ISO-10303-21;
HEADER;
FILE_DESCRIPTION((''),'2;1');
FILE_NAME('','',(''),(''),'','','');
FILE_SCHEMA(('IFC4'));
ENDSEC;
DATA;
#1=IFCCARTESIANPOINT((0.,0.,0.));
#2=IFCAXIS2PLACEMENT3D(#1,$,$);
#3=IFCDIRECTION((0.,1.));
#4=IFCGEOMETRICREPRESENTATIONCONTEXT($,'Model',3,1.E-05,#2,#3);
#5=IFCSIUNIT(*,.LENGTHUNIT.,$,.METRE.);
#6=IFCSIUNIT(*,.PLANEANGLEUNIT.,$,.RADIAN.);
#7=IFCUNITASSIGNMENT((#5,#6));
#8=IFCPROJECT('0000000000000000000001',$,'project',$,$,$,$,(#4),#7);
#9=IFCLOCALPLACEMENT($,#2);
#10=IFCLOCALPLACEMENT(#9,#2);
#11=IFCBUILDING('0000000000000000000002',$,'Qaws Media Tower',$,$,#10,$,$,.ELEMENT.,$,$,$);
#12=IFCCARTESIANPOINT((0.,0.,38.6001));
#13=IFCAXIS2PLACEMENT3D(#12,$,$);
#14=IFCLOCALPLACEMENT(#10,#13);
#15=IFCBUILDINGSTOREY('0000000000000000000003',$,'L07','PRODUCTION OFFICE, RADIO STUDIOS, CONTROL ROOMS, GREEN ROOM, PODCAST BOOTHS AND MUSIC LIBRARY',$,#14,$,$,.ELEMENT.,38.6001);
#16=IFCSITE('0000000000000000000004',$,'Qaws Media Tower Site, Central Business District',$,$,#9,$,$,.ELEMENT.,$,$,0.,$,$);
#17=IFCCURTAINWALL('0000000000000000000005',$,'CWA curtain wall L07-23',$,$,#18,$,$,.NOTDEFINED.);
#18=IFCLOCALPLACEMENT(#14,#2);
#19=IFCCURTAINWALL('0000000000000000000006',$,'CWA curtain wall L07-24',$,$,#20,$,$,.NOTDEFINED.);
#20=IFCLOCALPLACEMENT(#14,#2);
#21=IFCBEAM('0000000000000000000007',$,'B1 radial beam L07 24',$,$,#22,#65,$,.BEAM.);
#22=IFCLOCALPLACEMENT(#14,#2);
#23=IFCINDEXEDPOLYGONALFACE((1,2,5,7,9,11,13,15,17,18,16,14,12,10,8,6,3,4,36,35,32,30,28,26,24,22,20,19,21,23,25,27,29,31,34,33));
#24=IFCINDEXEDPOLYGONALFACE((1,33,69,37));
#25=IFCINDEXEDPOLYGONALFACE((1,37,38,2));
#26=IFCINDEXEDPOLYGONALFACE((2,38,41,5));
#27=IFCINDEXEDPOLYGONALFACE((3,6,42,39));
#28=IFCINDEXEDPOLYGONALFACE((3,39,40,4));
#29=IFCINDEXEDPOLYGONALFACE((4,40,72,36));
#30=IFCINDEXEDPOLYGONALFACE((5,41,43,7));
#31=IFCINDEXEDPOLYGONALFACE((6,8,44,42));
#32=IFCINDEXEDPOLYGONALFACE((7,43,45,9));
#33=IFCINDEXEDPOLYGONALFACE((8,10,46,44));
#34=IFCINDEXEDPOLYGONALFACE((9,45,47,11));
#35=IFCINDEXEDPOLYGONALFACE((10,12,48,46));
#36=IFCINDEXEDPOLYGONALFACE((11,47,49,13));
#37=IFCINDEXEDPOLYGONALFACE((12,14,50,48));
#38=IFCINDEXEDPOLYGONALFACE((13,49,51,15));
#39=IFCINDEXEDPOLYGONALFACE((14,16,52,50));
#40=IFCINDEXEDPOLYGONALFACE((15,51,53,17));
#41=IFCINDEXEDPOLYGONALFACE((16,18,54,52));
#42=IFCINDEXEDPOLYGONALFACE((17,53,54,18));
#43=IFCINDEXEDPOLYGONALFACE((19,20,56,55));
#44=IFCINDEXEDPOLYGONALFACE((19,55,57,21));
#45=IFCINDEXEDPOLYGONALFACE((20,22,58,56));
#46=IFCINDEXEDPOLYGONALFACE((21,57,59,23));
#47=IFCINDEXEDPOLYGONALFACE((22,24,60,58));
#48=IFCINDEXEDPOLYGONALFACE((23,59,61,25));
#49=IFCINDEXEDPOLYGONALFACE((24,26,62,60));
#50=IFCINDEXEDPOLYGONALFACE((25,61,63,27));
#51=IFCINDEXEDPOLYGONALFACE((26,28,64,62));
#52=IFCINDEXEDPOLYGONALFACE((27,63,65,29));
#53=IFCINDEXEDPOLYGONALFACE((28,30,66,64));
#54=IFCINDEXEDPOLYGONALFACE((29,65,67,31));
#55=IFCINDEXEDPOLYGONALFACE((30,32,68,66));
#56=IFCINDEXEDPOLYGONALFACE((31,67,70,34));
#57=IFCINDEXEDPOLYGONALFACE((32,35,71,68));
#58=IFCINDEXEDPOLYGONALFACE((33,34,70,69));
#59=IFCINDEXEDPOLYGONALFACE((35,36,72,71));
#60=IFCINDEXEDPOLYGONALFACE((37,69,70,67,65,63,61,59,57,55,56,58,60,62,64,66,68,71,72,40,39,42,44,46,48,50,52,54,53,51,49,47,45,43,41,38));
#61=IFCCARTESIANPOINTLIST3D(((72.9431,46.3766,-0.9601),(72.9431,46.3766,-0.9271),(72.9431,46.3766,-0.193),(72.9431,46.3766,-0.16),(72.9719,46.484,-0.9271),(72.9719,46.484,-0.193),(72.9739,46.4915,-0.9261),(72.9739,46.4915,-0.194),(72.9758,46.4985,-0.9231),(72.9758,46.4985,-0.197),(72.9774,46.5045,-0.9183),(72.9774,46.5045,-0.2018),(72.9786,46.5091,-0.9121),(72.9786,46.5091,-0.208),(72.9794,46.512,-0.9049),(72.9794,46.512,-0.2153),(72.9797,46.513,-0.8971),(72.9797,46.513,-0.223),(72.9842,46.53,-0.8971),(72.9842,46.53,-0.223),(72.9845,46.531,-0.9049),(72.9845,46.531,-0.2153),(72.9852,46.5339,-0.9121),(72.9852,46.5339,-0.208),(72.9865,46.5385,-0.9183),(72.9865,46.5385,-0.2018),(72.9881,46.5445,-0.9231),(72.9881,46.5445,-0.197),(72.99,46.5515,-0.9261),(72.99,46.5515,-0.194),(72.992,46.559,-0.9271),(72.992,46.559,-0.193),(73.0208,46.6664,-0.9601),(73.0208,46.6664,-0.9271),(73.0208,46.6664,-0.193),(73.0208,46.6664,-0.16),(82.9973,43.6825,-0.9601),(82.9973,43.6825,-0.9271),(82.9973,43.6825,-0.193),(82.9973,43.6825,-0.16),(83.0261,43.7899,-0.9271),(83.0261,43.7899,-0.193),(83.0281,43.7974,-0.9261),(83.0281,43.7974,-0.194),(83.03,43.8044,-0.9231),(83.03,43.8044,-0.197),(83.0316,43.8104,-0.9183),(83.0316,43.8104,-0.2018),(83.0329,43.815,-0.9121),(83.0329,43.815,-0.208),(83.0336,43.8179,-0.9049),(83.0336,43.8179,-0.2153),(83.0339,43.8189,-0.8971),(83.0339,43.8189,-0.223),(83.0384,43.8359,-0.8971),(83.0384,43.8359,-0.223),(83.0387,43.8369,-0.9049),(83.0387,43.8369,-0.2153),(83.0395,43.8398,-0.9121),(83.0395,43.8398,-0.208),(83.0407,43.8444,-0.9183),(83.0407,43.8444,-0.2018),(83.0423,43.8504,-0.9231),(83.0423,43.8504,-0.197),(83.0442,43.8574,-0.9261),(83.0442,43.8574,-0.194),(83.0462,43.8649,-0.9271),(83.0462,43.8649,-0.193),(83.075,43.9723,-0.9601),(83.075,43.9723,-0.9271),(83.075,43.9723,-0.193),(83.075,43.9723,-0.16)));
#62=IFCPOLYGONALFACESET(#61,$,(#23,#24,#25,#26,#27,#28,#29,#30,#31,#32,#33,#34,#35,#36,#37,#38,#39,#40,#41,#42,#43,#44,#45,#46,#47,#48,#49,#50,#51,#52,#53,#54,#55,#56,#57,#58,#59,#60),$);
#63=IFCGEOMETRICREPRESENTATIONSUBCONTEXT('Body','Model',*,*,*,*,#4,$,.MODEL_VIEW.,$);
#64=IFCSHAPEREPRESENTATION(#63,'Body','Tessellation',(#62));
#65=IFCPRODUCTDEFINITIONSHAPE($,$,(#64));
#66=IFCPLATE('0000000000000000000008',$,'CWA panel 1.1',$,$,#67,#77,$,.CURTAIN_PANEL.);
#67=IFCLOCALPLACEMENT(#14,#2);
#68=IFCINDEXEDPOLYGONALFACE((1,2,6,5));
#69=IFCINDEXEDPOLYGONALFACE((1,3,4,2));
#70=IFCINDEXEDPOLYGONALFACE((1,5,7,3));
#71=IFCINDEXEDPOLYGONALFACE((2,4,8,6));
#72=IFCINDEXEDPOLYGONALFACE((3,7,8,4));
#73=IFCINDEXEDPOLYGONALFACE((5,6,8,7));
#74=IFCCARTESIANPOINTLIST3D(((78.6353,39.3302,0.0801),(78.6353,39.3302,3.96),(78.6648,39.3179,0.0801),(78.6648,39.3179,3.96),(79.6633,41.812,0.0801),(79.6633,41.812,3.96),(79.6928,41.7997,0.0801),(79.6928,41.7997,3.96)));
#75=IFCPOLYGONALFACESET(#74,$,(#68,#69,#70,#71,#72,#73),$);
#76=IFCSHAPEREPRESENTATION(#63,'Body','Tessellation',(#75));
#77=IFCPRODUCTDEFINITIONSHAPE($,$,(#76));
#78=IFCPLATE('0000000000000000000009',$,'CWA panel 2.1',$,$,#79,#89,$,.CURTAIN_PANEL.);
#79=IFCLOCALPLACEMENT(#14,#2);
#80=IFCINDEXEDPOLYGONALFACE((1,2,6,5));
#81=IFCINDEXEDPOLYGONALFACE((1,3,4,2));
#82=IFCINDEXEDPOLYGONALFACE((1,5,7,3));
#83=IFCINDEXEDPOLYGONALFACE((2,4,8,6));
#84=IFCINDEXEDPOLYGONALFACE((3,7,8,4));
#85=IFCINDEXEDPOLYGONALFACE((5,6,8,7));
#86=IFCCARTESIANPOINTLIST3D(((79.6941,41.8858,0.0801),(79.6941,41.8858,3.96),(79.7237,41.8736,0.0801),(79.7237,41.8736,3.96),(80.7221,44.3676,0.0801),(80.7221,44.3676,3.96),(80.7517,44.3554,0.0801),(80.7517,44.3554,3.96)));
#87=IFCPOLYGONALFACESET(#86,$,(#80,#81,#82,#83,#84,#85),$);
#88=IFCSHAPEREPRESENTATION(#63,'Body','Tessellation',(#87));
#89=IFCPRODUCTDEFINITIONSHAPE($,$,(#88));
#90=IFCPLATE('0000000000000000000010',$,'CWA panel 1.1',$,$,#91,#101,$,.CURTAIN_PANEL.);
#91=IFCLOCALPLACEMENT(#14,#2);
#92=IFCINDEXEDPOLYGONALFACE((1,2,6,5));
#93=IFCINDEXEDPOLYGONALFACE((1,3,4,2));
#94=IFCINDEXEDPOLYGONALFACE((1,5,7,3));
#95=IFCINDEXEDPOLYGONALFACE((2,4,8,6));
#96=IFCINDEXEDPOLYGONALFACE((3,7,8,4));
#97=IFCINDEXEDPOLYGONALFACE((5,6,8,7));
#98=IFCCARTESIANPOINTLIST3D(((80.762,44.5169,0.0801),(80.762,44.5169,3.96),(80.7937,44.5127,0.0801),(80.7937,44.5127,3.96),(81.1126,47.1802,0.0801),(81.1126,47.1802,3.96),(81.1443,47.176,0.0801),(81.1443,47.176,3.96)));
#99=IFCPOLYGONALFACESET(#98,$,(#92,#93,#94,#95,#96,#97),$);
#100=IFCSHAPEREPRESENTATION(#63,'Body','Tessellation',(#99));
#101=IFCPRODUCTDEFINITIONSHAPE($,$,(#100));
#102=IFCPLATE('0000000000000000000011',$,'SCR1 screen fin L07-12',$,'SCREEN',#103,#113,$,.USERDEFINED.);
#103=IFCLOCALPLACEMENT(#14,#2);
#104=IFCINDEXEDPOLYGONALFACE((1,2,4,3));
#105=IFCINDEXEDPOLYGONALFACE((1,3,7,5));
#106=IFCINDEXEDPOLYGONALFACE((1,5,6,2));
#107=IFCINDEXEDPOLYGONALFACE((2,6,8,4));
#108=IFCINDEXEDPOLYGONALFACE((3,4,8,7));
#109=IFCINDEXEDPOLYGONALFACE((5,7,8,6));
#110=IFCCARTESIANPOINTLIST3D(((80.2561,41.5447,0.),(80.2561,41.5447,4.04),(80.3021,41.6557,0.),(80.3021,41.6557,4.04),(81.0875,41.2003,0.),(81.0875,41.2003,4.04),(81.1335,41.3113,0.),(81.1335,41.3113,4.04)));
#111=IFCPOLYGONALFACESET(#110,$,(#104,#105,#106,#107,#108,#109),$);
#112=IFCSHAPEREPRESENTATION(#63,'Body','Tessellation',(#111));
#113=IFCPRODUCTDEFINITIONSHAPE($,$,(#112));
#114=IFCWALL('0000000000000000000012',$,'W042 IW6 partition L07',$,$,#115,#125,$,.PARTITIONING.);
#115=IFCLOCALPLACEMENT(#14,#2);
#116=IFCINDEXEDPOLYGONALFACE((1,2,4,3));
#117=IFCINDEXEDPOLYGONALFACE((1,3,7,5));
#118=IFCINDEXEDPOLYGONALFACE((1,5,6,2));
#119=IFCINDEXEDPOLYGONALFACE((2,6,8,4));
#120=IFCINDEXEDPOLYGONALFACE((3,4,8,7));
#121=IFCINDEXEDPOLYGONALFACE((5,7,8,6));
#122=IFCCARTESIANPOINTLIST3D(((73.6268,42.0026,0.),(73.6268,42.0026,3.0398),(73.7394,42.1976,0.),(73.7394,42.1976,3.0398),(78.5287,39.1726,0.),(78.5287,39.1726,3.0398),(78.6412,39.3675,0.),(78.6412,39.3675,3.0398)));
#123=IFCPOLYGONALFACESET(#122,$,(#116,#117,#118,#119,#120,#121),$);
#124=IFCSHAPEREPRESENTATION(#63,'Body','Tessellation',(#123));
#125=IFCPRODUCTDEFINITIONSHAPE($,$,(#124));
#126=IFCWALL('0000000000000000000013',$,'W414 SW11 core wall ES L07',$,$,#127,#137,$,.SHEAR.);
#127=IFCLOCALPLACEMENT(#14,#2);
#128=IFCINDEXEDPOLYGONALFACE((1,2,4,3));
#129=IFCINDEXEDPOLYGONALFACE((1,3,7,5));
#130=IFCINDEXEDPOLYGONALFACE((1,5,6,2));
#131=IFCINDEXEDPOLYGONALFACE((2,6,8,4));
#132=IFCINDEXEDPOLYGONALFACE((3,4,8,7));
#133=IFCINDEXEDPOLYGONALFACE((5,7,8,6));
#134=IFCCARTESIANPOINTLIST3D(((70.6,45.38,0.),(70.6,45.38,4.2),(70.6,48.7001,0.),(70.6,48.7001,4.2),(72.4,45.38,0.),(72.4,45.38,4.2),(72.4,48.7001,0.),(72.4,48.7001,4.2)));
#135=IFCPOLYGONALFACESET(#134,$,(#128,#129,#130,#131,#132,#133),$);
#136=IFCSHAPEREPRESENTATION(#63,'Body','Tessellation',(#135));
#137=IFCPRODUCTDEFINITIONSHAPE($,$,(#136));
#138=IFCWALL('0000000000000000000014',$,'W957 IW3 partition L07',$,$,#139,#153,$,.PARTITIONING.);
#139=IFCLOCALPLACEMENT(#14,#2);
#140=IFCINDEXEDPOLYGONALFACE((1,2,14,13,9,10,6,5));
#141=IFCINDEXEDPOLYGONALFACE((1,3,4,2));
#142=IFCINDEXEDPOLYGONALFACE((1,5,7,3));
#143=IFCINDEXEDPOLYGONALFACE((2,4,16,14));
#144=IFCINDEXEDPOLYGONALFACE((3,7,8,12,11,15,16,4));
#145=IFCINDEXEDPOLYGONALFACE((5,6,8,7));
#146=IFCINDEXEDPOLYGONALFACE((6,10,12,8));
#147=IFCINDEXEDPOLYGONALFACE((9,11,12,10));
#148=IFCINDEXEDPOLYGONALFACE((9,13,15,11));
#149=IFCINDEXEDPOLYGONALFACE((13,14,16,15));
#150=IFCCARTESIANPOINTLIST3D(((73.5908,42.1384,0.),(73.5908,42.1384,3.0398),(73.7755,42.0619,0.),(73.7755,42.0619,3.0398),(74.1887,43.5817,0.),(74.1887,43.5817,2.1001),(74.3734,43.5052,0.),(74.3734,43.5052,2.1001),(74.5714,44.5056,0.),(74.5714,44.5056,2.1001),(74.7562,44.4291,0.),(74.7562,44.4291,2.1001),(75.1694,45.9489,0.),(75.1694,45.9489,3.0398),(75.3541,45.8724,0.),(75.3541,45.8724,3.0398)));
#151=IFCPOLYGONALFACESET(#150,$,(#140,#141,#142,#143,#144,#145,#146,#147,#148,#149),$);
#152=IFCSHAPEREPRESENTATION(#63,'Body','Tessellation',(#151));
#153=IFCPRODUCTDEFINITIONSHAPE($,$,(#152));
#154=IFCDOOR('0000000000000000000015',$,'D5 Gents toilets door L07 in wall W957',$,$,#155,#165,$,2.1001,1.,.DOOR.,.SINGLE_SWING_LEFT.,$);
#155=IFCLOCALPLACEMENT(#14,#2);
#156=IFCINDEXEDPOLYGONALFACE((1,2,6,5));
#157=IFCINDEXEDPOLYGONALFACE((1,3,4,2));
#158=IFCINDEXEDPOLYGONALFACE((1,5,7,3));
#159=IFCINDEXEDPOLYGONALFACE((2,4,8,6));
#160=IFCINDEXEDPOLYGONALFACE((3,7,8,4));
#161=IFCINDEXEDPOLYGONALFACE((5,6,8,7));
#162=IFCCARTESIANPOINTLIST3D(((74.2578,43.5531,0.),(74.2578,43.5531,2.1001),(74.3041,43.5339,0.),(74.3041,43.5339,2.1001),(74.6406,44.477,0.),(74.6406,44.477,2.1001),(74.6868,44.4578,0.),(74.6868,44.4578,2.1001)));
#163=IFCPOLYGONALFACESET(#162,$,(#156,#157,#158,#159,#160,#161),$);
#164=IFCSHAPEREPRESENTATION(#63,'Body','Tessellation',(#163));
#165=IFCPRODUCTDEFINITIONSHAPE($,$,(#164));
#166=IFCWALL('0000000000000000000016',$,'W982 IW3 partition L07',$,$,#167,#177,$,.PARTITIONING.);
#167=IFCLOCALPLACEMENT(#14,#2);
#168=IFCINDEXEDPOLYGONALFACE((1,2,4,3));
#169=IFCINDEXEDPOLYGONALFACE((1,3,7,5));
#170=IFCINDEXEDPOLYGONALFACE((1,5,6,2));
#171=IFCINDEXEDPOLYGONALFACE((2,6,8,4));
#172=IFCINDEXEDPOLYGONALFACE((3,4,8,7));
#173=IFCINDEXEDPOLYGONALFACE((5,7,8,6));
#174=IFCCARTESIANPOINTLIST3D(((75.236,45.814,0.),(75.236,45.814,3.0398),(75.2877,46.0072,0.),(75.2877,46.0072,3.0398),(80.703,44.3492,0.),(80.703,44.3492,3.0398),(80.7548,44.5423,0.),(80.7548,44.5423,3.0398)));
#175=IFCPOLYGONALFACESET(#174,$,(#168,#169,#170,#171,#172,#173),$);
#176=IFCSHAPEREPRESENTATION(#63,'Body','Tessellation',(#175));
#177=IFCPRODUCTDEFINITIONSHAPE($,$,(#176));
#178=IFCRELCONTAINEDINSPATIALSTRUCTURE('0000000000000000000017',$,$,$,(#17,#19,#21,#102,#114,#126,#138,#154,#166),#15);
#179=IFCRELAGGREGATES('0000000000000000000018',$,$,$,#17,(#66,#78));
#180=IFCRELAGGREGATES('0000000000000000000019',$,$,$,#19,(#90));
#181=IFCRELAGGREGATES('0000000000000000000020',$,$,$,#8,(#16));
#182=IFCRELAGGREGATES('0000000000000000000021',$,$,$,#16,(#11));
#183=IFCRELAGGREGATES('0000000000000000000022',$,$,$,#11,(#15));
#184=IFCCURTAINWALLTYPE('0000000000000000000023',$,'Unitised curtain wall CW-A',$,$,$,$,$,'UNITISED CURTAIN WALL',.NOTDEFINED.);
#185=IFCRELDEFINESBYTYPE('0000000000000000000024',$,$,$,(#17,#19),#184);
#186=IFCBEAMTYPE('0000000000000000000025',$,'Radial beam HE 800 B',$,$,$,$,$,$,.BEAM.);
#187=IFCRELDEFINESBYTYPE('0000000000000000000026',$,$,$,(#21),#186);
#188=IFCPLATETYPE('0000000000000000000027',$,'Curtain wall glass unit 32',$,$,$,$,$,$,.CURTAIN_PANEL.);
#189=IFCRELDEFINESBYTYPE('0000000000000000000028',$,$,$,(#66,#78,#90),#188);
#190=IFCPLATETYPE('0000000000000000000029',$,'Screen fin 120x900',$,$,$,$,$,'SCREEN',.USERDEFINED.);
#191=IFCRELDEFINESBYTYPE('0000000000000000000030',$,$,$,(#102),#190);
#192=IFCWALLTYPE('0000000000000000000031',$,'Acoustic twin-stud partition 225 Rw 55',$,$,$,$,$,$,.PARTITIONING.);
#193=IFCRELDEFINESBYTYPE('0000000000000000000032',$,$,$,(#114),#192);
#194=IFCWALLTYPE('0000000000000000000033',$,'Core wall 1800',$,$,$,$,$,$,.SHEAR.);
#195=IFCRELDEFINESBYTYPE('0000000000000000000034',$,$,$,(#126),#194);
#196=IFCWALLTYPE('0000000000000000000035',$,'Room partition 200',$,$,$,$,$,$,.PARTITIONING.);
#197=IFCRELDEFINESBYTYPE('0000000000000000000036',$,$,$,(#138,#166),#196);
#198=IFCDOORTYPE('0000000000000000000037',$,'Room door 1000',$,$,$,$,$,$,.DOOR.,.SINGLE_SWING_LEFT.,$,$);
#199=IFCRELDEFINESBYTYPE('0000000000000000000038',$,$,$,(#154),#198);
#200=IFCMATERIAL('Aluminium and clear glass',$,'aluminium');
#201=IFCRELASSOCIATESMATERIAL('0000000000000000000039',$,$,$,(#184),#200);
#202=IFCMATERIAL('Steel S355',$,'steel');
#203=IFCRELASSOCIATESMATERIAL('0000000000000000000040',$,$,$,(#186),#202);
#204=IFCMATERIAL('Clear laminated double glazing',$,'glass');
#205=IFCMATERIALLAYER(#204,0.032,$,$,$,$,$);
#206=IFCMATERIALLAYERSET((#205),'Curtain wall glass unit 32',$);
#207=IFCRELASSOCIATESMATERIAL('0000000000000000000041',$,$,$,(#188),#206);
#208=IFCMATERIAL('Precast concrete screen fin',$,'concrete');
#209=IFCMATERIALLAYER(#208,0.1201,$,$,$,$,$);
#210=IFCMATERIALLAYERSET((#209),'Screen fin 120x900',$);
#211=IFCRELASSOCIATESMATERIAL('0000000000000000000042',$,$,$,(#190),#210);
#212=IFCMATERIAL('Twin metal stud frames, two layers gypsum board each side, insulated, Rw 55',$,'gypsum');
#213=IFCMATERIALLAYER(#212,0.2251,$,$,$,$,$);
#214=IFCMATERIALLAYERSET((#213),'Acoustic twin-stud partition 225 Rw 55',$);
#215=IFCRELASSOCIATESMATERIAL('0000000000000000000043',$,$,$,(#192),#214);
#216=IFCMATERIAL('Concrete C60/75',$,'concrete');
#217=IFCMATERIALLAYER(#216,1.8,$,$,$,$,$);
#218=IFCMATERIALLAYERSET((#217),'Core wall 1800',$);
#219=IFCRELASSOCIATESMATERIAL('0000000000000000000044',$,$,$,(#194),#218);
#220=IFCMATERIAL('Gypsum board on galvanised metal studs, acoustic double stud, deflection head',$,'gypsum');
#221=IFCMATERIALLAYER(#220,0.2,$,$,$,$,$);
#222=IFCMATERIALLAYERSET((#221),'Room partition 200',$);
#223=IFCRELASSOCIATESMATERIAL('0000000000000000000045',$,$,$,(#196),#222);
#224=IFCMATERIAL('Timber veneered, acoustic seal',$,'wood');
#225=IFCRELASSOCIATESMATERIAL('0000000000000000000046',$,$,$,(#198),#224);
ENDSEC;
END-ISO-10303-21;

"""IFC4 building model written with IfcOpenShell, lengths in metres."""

from ifc_helpers import new_model, si_unit, direction, frame, frame_2d, origin, origin_2d, place, context, subcontext, project, spatial, rectangle, i_section, extrude, material, layer, layer_set, material_profile, profile_set, type_object, element, fill, aggregate, save


model = new_model("IFC4")

# Units and contexts
model_context = context("Model", 3, precision=1e-05, world=origin(), true_north=direction((0.0, 1.0)))
body_context = subcontext(model_context, "Body", "Model", "MODEL_VIEW")
ifc_project = project(units=[si_unit("LENGTHUNIT", "METRE"), si_unit("PLANEANGLEUNIT", "RADIAN")], contexts=[model_context])

# Site, building, storey
site_placement = place(None, origin())
site = spatial("IfcSite", under=ifc_project, at=site_placement, Name="Qaws Media Tower Site, Central Business District", CompositionType="ELEMENT", RefElevation=0.0)
building_placement = place(site_placement, origin())
building = spatial("IfcBuilding", under=site, at=building_placement, Name="Qaws Media Tower", CompositionType="ELEMENT")
storey_placement = place(building_placement, frame((0.0, 0.0, 38.6001)))
storey = spatial("IfcBuildingStorey", under=building, at=storey_placement, Name="L07", Description="PRODUCTION OFFICE, RADIO STUDIOS, CONTROL ROOMS, GREEN ROOM, PODCAST BOOTHS AND MUSIC LIBRARY", CompositionType="ELEMENT", Elevation=38.6001)

# Curtain walls
ifc_material_1 = material(Name="Aluminium and clear glass", Category="aluminium")
curtain_wall_type = type_object("IfcCurtainWallType", Name="Unitised curtain wall CW-A", ElementType="UNITISED CURTAIN WALL", PredefinedType="NOTDEFINED", material=ifc_material_1)
curtain_wall_1_placement = place(storey_placement, origin())
curtain_wall_1 = element("IfcCurtainWall", 1, at=curtain_wall_1_placement, inside=storey, type_object=curtain_wall_type, Name="CWA curtain wall L07-23", PredefinedType="NOTDEFINED")
curtain_wall_2_placement = place(storey_placement, origin())
curtain_wall_2 = element("IfcCurtainWall", 2, at=curtain_wall_2_placement, inside=storey, type_object=curtain_wall_type, Name="CWA curtain wall L07-24", PredefinedType="NOTDEFINED")

# Beam
ifc_material_2 = material(Name="Steel S355", Category="steel")
ifc_material_profile_1 = material_profile(ifc_material_2, i_section(OverallWidth=0.3, OverallDepth=0.8, WebThickness=0.0176, FlangeThickness=0.033, FilletRadius=0.03, at=origin_2d()), Name="HE 800 B")
ifc_profile_set_1 = profile_set([ifc_material_profile_1], Name="Steel S355")
beam_type_1 = type_object("IfcBeamType", Name="Radial beam HE 800 B", PredefinedType="BEAM", material=ifc_profile_set_1)
beam_1_placement = place(storey_placement, frame((72.9819, 46.5215, -0.5601), z_axis=(0.965924, -0.258826, 0.0), x_axis=(0.258826, 0.965924, 0.0)))
element("IfcBeam", 3, at=beam_1_placement, inside=storey, type_object=beam_type_1, Name="B1 radial beam L07 24", PredefinedType="BEAM", context=body_context, shape_type="SweptSolid", body=[
    extrude(i_section(OverallWidth=0.3, OverallDepth=0.8, WebThickness=0.0176, FlangeThickness=0.033, FilletRadius=0.03, at=origin_2d()), origin(), (0.0, 0.0, 1.0), 10.4089),
])

# Plates
ifc_material_3 = material(Name="Clear laminated double glazing", Category="glass")
ifc_layer_1 = layer(ifc_material_3, 0.032)
ifc_layer_set_1 = layer_set([ifc_layer_1], Name="Curtain wall glass unit 32")
plate_type_1 = type_object("IfcPlateType", Name="Curtain wall glass unit 32", PredefinedType="CURTAIN_PANEL", material=ifc_layer_set_1)
plate_1_placement = place(storey_placement, frame((79.1641, 40.5649, 0.0801), z_axis=(0.0, 0.0, 1.0), x_axis=(0.382683, 0.92388, 0.0)))
plate_1 = element("IfcPlate", 4, at=plate_1_placement, type_object=plate_type_1, Name="CWA panel 1.1", PredefinedType="CURTAIN_PANEL", context=body_context, shape_type="SweptSolid", body=[
    extrude(rectangle(XDim=2.6863, YDim=0.032, at=origin_2d()), origin(), (0.0, 0.0, 1.0), 3.8799),
])
plate_2_placement = place(storey_placement, frame((80.2229, 43.1206, 0.0801), z_axis=(0.0, 0.0, 1.0), x_axis=(0.382683, 0.92388, 0.0)))
plate_2 = element("IfcPlate", 5, at=plate_2_placement, type_object=plate_type_1, Name="CWA panel 2.1", PredefinedType="CURTAIN_PANEL", context=body_context, shape_type="SweptSolid", body=[
    extrude(rectangle(XDim=2.6863, YDim=0.032, at=origin_2d()), origin(), (0.0, 0.0, 1.0), 3.8799),
])
aggregate(curtain_wall_1, [plate_1, plate_2])
plate_3_placement = place(storey_placement, frame((80.9531, 45.8464, 0.0801), z_axis=(0.0, 0.0, 1.0), x_axis=(0.130526, 0.991445, 0.0)))
plate_3 = element("IfcPlate", 6, at=plate_3_placement, type_object=plate_type_1, Name="CWA panel 1.1", PredefinedType="CURTAIN_PANEL", context=body_context, shape_type="SweptSolid", body=[
    extrude(rectangle(XDim=2.6863, YDim=0.032, at=origin_2d()), origin(), (0.0, 0.0, 1.0), 3.8799),
])
aggregate(curtain_wall_2, [plate_3])
ifc_material_4 = material(Name="Precast concrete screen fin", Category="concrete")
ifc_layer_2 = layer(ifc_material_4, 0.1201)
ifc_layer_set_2 = layer_set([ifc_layer_2], Name="Screen fin 120x900")
plate_type_2 = type_object("IfcPlateType", Name="Screen fin 120x900", ElementType="SCREEN", PredefinedType="USERDEFINED", material=ifc_layer_set_2)
plate_4_placement = place(storey_placement, frame((80.6948, 41.428, 0.0), z_axis=(0.0, 0.0, 1.0), x_axis=(0.92388, -0.382683, 0.0)))
element("IfcPlate", 7, at=plate_4_placement, inside=storey, type_object=plate_type_2, Name="SCR1 screen fin L07-12", ObjectType="SCREEN", PredefinedType="USERDEFINED", context=body_context, shape_type="SweptSolid", body=[
    extrude(rectangle(XDim=0.8999, YDim=0.1201, at=origin_2d()), origin(), (0.0, 0.0, 1.0), 4.04),
])

# Walls
ifc_material_5 = material(Name="Twin metal stud frames, two layers gypsum board each side, insulated, Rw 55", Category="gypsum")
ifc_layer_3 = layer(ifc_material_5, 0.2251)
ifc_layer_set_3 = layer_set([ifc_layer_3], Name="Acoustic twin-stud partition 225 Rw 55")
wall_type_1 = type_object("IfcWallType", Name="Acoustic twin-stud partition 225 Rw 55", PredefinedType="PARTITIONING", material=ifc_layer_set_3)
wall_1_placement = place(storey_placement, frame((73.6831, 42.1001, 0.0), z_axis=(0.0, 0.0, 1.0), x_axis=(0.866026, -0.499999, 0.0)))
element("IfcWall", 8, at=wall_1_placement, inside=storey, type_object=wall_type_1, Name="W042 IW6 partition L07", PredefinedType="PARTITIONING", context=body_context, shape_type="SweptSolid", body=[
    extrude(rectangle(XDim=5.6602, YDim=0.2251, at=frame_2d((2.8301, 0.0))), origin(), (0.0, 0.0, 1.0), 3.0398),
])
ifc_material_6 = material(Name="Concrete C60/75", Category="concrete")
ifc_layer_4 = layer(ifc_material_6, 1.8)
ifc_layer_set_4 = layer_set([ifc_layer_4], Name="Core wall 1800")
wall_type_2 = type_object("IfcWallType", Name="Core wall 1800", PredefinedType="SHEAR", material=ifc_layer_set_4)
wall_2_placement = place(storey_placement, frame((71.5, 45.3799, 0.0), z_axis=(0.0, 0.0, 1.0), x_axis=(0.0, 1.0, 0.0)))
element("IfcWall", 9, at=wall_2_placement, inside=storey, type_object=wall_type_2, Name="W414 SW11 core wall ES L07", PredefinedType="SHEAR", context=body_context, shape_type="SweptSolid", body=[
    extrude(rectangle(XDim=3.3201, YDim=1.8, at=frame_2d((1.6602, 0.0))), origin(), (0.0, 0.0, 1.0), 4.2),
])

# Wall, opening, door
ifc_material_7 = material(Name="Gypsum board on galvanised metal studs, acoustic double stud, deflection head", Category="gypsum")
ifc_layer_5 = layer(ifc_material_7, 0.2)
ifc_layer_set_5 = layer_set([ifc_layer_5], Name="Room partition 200")
wall_type_3 = type_object("IfcWallType", Name="Room partition 200", PredefinedType="PARTITIONING", material=ifc_layer_set_5)
wall_3_placement = place(storey_placement, frame((75.2617, 45.9106, 0.0), z_axis=(0.0, 0.0, 1.0), x_axis=(-0.382732, -0.92386, 0.0)))
wall_3 = element("IfcWall", 10, at=wall_3_placement, inside=storey, type_object=wall_type_3, Name="W957 IW3 partition L07", PredefinedType="PARTITIONING", context=body_context, shape_type="SweptSolid", body=[
    extrude(rectangle(XDim=4.1245, YDim=0.2, at=frame_2d((2.0623, 0.0))), origin(), (0.0, 0.0, 1.0), 3.0398),
])
opening_1_placement = place(wall_3_placement, frame((1.5623, 0.0, 0.0)))
opening_1 = element("IfcOpeningElement", 11, at=opening_1_placement, cuts=wall_3, PredefinedType="OPENING", context=body_context, shape_type="SweptSolid", body=[
    extrude(rectangle(XDim=1.0, YDim=2.1001, at=frame_2d((0.5, 1.05))), frame((0.0, 0.1099, 0.0), z_axis=(0.0, -1.0, 0.0), x_axis=(1.0, 0.0, 0.0)), (0.0, 0.0, 1.0), 0.22),
])
ifc_material_8 = material(Name="Timber veneered, acoustic seal", Category="wood")
door_type_1 = type_object("IfcDoorType", Name="Room door 1000", OperationType="SINGLE_SWING_LEFT", PredefinedType="DOOR", material=ifc_material_8)
door_1_placement = place(opening_1_placement, origin())
door_1 = element("IfcDoor", 12, at=door_1_placement, inside=storey, type_object=door_type_1, Name="D5 Gents toilets door L07 in wall W957", OperationType="SINGLE_SWING_LEFT", OverallHeight=2.1001, OverallWidth=1.0, PredefinedType="DOOR", context=body_context, shape_type="SweptSolid", body=[
    extrude(rectangle(XDim=1.0, YDim=2.1001, at=frame_2d((0.5, 1.05))), frame((0.0, 0.0249, 0.0), z_axis=(0.0, -1.0, 0.0), x_axis=(1.0, 0.0, 0.0)), (0.0, 0.0, 1.0), 0.05),
])
fill(opening_1, door_1)

# Wall
wall_4_placement = place(storey_placement, frame((75.2617, 45.9106, 0.0), z_axis=(0.0, 0.0, 1.0), x_axis=(0.965928, -0.258812, 0.0)))
element("IfcWall", 13, at=wall_4_placement, inside=storey, type_object=wall_type_3, Name="W982 IW3 partition L07", PredefinedType="PARTITIONING", context=body_context, shape_type="SweptSolid", body=[
    extrude(rectangle(XDim=5.6599, YDim=0.2, at=frame_2d((2.8301, 0.0))), origin(), (0.0, 0.0, 1.0), 3.0398),
])

save(model, "model.ifc")
